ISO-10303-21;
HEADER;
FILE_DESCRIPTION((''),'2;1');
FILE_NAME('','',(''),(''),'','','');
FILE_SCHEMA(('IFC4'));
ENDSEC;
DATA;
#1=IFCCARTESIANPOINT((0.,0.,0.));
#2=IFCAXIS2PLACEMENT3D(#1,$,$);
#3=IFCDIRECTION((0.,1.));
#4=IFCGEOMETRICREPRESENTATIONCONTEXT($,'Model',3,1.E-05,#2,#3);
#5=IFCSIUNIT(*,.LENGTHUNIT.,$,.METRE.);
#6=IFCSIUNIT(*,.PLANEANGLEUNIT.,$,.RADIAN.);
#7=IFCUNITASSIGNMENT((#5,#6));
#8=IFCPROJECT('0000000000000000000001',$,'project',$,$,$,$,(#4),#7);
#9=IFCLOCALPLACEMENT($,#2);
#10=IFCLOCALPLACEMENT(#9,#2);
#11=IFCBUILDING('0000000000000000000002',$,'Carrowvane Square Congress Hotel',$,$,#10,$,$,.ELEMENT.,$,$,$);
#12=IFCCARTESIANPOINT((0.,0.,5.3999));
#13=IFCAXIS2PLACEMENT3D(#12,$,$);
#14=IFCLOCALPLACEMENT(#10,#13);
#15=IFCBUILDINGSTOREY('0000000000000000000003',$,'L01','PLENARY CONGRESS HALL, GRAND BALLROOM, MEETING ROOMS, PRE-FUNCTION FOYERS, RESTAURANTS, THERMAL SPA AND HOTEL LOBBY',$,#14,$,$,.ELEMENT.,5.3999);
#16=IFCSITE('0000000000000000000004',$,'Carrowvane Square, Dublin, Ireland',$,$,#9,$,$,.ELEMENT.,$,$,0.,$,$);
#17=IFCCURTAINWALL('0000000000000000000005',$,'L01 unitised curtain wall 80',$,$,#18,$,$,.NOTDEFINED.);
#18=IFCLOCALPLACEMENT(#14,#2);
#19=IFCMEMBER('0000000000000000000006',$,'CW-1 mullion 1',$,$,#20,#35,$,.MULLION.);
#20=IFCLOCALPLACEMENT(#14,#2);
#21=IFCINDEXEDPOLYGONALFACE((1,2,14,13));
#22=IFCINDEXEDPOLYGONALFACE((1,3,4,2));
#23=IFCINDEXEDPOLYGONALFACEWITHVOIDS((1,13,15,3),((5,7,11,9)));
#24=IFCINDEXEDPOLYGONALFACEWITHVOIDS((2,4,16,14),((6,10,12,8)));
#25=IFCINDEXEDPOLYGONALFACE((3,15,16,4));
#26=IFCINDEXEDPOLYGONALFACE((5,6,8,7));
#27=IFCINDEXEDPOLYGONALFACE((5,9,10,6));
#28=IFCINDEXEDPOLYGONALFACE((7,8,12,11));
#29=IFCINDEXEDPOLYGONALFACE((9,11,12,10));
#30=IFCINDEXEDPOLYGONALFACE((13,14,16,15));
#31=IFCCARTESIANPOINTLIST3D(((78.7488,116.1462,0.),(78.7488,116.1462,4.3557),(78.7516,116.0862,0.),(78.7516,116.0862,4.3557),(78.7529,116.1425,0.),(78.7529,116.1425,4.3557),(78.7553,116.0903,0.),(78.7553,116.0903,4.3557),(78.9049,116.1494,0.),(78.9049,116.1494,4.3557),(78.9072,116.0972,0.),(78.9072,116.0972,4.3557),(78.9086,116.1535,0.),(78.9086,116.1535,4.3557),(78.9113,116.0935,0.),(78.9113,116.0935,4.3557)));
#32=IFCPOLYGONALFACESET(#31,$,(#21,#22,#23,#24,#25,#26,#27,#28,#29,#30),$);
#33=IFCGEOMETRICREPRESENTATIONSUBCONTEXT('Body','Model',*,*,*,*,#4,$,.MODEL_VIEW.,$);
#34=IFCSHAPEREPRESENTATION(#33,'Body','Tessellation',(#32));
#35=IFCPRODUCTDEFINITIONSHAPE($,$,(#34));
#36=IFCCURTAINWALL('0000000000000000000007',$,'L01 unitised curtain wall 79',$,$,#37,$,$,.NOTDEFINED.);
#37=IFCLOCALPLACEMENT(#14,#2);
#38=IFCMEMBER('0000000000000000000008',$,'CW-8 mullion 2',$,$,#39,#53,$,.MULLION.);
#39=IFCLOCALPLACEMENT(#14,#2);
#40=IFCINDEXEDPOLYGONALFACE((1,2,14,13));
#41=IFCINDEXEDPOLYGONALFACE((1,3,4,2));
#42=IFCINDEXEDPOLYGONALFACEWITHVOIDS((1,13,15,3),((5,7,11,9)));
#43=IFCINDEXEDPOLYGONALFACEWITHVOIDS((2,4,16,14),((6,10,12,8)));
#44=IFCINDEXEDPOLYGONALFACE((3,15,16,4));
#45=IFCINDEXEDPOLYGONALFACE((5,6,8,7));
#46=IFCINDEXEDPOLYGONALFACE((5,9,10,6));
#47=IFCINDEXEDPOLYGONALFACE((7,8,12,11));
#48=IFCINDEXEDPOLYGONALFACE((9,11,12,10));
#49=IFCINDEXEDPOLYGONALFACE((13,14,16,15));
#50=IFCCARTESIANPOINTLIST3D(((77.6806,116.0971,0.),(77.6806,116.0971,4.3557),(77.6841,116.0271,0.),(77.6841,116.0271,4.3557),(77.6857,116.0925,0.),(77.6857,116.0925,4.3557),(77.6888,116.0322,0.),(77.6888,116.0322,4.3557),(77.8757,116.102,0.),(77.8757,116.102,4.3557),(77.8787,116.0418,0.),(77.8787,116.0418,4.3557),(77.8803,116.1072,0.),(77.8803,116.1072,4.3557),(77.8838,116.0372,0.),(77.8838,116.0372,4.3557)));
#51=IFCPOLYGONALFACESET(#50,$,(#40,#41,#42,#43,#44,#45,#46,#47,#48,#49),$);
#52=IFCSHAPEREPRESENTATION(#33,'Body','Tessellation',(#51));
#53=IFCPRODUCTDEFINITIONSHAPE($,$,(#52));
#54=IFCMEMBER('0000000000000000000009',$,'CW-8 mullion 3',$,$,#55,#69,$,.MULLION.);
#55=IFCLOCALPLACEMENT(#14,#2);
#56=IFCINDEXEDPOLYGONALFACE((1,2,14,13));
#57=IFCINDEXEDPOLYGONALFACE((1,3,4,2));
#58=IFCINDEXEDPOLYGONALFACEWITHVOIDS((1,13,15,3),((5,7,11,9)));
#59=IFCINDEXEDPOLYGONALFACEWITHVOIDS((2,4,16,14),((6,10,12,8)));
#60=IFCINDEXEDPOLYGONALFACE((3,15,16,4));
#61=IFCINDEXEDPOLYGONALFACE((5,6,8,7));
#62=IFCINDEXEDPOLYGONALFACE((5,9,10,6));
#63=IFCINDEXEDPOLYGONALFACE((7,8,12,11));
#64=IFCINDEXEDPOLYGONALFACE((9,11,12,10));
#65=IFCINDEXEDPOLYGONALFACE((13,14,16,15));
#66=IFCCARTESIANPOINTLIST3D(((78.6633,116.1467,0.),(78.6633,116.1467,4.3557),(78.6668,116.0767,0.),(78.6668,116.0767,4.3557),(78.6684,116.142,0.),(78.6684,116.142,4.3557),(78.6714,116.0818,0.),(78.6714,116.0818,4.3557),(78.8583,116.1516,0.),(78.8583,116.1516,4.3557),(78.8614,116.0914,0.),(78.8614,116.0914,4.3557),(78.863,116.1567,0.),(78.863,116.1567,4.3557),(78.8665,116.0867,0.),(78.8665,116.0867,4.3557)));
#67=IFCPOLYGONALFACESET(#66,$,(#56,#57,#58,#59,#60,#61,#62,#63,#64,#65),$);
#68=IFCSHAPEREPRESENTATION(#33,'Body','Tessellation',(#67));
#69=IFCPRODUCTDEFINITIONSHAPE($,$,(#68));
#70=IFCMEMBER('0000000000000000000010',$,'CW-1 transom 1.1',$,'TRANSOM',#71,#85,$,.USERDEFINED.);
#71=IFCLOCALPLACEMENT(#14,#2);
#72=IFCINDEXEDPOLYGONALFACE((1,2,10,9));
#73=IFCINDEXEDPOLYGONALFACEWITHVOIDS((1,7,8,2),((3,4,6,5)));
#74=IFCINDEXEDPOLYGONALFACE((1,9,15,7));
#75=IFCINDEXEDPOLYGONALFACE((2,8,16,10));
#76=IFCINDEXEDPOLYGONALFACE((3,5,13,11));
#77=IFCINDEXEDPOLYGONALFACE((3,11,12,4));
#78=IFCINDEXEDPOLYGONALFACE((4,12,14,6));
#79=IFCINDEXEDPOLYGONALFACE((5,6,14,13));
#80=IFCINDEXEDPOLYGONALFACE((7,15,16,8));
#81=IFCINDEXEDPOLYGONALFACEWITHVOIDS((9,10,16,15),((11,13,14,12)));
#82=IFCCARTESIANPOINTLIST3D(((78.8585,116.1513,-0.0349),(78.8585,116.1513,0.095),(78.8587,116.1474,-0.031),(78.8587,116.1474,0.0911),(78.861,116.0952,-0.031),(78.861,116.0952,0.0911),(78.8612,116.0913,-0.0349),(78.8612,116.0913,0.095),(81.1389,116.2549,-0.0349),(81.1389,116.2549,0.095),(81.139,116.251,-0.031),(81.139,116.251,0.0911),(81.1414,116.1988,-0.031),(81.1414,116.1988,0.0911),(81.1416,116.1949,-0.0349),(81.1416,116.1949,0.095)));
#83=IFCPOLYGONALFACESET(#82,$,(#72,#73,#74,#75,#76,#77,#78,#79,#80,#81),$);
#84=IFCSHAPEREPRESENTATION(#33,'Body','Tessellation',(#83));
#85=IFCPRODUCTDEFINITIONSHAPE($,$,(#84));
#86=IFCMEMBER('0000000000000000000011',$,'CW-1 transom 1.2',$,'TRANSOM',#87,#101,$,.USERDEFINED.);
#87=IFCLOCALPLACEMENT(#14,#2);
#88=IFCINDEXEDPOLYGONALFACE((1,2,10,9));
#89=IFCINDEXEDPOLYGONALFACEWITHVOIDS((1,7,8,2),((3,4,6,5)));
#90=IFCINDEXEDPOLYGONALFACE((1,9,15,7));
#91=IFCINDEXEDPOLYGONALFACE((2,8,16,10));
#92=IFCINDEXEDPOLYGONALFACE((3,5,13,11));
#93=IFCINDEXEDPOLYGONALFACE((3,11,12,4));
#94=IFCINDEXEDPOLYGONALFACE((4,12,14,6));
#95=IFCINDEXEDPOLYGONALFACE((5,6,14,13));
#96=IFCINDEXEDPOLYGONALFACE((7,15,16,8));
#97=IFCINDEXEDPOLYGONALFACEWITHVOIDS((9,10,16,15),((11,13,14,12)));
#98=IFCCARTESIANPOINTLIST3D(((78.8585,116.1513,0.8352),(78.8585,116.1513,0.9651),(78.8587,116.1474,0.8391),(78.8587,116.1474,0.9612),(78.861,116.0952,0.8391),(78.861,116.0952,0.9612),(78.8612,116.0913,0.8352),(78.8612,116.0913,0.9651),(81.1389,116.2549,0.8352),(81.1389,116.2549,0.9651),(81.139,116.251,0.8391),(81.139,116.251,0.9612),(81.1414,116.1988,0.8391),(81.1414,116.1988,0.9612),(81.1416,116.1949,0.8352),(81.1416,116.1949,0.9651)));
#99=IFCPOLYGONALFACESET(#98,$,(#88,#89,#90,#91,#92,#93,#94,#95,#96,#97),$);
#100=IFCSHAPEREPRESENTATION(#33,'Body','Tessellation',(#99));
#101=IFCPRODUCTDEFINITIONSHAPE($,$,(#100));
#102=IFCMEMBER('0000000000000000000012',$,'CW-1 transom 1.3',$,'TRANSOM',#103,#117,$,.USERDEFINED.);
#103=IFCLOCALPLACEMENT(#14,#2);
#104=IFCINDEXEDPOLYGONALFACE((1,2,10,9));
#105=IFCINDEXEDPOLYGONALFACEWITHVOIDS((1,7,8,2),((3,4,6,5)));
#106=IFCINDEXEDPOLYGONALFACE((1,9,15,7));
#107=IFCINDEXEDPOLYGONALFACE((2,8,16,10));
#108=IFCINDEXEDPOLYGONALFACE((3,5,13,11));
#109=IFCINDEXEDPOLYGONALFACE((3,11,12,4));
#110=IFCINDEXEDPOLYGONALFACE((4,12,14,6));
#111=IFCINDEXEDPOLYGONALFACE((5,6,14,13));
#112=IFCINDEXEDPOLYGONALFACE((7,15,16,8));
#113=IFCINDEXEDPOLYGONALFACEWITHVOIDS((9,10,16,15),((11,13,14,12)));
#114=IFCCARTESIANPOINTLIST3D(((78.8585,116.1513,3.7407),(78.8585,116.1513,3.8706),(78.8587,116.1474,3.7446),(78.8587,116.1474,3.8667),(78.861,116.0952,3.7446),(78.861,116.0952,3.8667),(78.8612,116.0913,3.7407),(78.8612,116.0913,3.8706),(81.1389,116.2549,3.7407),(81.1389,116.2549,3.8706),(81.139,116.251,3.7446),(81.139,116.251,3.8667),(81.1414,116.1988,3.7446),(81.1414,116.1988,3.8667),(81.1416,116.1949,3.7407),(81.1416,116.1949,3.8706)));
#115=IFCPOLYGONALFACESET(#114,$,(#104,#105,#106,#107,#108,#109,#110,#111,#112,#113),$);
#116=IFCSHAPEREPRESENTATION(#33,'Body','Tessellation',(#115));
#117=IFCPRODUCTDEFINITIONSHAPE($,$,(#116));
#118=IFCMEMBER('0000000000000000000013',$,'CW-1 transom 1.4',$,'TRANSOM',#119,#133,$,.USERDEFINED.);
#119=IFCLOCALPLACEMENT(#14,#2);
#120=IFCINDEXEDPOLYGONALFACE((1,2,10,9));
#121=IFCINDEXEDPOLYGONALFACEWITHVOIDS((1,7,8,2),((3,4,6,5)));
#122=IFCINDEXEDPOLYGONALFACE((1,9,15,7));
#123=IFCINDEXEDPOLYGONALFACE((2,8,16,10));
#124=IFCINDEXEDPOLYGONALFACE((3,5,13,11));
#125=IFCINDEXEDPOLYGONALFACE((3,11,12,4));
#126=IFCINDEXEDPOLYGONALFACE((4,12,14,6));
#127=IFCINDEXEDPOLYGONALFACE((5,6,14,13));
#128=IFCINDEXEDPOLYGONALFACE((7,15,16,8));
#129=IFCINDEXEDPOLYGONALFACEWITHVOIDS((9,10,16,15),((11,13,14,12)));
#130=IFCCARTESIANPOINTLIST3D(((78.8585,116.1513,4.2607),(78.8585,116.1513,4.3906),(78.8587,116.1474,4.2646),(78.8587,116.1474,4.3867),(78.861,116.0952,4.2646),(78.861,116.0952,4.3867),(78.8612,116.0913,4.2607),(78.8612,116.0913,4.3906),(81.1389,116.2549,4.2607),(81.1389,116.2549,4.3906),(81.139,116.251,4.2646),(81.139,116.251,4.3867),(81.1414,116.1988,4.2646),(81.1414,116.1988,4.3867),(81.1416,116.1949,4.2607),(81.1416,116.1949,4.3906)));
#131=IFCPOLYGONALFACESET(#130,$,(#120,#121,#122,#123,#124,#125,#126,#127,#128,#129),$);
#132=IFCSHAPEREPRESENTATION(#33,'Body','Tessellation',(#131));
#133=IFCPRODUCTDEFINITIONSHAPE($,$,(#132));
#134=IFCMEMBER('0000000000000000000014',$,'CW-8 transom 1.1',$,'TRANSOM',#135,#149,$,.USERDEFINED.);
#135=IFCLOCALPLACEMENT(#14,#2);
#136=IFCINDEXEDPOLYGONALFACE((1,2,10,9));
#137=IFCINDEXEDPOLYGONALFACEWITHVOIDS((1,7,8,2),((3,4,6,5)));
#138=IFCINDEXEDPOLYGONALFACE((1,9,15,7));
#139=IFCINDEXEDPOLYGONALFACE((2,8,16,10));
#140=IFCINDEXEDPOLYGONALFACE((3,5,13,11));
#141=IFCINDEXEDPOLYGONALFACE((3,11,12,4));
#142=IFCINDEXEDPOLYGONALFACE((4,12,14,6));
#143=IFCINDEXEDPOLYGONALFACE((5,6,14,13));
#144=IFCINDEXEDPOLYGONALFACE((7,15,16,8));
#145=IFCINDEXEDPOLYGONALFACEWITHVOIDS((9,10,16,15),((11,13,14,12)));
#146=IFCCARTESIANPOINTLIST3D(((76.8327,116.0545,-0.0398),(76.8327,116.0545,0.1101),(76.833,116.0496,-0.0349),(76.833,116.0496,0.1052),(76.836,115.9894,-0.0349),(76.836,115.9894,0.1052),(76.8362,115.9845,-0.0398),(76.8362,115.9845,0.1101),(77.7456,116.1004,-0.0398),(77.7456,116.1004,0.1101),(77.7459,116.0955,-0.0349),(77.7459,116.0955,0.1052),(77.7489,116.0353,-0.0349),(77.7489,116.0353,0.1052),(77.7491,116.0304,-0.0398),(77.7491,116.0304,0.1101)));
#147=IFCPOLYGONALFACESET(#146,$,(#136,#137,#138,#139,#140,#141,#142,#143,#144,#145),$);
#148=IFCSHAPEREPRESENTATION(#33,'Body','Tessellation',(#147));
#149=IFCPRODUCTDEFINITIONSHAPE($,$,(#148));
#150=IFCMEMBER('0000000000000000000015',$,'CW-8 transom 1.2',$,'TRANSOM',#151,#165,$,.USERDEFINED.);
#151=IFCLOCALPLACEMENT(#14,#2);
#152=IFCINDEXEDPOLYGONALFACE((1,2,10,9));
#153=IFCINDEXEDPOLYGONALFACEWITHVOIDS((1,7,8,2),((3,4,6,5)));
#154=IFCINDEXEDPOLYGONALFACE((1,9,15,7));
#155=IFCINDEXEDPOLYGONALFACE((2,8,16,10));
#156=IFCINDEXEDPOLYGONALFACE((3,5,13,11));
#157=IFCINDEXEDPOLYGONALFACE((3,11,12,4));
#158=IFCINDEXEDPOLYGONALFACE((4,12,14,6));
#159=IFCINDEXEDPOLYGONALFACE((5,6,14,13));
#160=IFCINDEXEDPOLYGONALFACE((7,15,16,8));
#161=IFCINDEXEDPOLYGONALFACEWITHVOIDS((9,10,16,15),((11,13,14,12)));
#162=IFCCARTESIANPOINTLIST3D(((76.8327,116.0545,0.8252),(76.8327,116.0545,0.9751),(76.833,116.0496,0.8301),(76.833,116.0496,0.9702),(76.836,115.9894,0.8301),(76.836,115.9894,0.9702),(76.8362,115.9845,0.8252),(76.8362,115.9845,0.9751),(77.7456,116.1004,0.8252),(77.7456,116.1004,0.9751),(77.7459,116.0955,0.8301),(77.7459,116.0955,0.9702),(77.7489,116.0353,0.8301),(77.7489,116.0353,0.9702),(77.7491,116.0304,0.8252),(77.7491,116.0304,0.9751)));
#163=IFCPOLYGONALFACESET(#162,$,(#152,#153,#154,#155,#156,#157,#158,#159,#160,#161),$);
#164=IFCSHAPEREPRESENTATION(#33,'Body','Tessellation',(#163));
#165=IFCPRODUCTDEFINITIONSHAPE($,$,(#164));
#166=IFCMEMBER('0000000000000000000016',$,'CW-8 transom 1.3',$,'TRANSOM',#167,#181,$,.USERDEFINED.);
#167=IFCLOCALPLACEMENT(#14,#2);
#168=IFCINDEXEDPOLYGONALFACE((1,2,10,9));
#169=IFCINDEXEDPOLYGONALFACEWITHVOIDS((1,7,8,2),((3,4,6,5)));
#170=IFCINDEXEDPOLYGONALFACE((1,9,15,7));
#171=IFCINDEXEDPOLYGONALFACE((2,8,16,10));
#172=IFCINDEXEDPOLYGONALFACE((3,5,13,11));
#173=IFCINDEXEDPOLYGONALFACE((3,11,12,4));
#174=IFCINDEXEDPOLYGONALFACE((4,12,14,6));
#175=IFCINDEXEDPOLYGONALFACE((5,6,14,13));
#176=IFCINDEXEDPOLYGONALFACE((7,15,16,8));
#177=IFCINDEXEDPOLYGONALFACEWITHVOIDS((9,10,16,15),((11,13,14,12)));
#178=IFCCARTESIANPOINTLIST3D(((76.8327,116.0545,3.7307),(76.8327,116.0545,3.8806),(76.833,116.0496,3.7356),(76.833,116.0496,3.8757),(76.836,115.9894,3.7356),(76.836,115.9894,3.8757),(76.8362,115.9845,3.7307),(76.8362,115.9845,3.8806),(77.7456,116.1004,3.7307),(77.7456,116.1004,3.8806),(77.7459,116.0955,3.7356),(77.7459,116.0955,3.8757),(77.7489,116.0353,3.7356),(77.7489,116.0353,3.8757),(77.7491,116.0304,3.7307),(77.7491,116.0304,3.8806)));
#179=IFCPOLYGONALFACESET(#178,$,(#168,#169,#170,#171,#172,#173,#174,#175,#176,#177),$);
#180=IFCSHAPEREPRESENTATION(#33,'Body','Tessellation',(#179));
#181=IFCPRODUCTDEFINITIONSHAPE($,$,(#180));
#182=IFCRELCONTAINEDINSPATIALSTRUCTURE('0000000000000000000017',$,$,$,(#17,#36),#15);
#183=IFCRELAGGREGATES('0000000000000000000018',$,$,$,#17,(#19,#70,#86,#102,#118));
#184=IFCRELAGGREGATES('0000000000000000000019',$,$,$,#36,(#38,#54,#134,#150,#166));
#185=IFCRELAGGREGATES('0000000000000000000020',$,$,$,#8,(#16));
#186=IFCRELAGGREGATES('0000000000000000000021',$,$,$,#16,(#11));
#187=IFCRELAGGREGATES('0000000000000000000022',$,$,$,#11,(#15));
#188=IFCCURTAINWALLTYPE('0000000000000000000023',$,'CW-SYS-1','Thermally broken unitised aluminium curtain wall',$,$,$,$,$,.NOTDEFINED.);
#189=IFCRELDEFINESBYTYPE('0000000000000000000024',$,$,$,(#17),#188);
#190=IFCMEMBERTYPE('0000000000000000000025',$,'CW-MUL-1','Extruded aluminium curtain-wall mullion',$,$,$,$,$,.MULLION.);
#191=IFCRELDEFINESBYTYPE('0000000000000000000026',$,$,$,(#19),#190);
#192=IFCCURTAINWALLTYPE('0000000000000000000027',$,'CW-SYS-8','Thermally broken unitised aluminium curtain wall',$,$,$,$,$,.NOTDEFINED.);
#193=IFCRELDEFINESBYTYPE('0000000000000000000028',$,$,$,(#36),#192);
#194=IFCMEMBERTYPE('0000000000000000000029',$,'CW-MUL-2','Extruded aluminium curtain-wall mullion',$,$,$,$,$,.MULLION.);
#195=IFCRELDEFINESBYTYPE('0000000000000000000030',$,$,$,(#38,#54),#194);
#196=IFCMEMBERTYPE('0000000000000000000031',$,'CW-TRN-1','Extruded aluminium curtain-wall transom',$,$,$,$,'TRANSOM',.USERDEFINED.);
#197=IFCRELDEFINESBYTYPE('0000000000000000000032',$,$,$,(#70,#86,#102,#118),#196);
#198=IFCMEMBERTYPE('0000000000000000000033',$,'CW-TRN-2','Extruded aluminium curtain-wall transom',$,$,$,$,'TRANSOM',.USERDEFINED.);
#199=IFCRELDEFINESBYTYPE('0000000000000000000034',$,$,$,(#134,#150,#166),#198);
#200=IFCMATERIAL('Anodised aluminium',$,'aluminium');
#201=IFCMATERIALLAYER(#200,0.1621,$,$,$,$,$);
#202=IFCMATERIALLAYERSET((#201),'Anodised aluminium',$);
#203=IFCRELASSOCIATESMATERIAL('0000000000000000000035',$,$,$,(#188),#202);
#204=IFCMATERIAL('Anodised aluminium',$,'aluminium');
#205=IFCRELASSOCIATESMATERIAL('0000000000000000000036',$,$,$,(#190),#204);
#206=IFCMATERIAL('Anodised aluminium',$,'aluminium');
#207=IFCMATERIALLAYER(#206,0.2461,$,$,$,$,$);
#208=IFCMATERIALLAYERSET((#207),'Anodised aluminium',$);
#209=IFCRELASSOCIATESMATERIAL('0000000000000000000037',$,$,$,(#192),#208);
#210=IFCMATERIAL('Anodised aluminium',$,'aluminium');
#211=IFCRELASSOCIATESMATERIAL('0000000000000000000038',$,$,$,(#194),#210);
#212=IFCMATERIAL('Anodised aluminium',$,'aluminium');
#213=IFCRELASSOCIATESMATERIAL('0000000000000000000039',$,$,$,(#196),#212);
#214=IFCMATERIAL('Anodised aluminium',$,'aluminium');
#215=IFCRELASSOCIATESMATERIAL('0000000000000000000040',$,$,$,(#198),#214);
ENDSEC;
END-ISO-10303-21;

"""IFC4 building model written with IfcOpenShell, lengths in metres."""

from ifc_helpers import new_model, si_unit, direction, frame, origin, origin_2d, place, context, subcontext, project, spatial, hollow_rectangle, extrude, material, layer, layer_set, material_profile, profile_set, type_object, element, aggregate, save


model = new_model("IFC4")

# Units and contexts
model_context = context("Model", 3, precision=1e-05, world=origin(), true_north=direction((0.0, 1.0)))
body_context = subcontext(model_context, "Body", "Model", "MODEL_VIEW")
ifc_project = project(units=[si_unit("LENGTHUNIT", "METRE"), si_unit("PLANEANGLEUNIT", "RADIAN")], contexts=[model_context])

# Site, building, storey
site_placement = place(None, origin())
site = spatial("IfcSite", under=ifc_project, at=site_placement, Name="Carrowvane Square, Dublin, Ireland", CompositionType="ELEMENT", RefElevation=0.0)
building_placement = place(site_placement, origin())
building = spatial("IfcBuilding", under=site, at=building_placement, Name="Carrowvane Square Congress Hotel", CompositionType="ELEMENT")
storey_placement = place(building_placement, frame((0.0, 0.0, 5.3999)))
storey = spatial("IfcBuildingStorey", under=building, at=storey_placement, Name="L01", Description="PLENARY CONGRESS HALL, GRAND BALLROOM, MEETING ROOMS, PRE-FUNCTION FOYERS, RESTAURANTS, THERMAL SPA AND HOTEL LOBBY", CompositionType="ELEMENT", Elevation=5.3999)

# Curtain wall, member
ifc_material_1 = material(Name="Anodised aluminium", Category="aluminium")
ifc_layer_1 = layer(ifc_material_1, 0.1621)
ifc_layer_set_1 = layer_set([ifc_layer_1], Name="Anodised aluminium")
curtain_wall_type_1 = type_object("IfcCurtainWallType", Name="CW-SYS-1", Description="Thermally broken unitised aluminium curtain wall", PredefinedType="NOTDEFINED", material=ifc_layer_set_1)
curtain_wall_1_placement = place(storey_placement, origin())
curtain_wall_1 = element("IfcCurtainWall", 1, at=curtain_wall_1_placement, inside=storey, type_object=curtain_wall_type_1, Name="L01 unitised curtain wall 80", PredefinedType="NOTDEFINED")
ifc_material_2 = material(Name="Anodised aluminium", Category="aluminium")
ifc_material_profile_1 = material_profile(ifc_material_2, hollow_rectangle(XDim=0.0601, YDim=0.1599, WallThickness=0.0039, at=origin_2d()), Name="CW-ML 60x160x4")
ifc_profile_set_1 = profile_set([ifc_material_profile_1], Name="Anodised aluminium")
member_type_1 = type_object("IfcMemberType", Name="CW-MUL-1", Description="Extruded aluminium curtain-wall mullion", PredefinedType="MULLION", material=ifc_profile_set_1)
member_1_placement = place(storey_placement, frame((78.8301, 116.1199, 0.0), z_axis=(0.0, 0.0, 1.0), x_axis=(-0.045411, 0.998968, 0.0)))
member_1 = element("IfcMember", 2, at=member_1_placement, type_object=member_type_1, Name="CW-1 mullion 1", PredefinedType="MULLION", context=body_context, shape_type="SweptSolid", body=[
    extrude(hollow_rectangle(XDim=0.0601, YDim=0.1599, WallThickness=0.0039, at=origin_2d()), origin(), (0.0, 0.0, 1.0), 4.3557),
])

# Curtain wall, members
ifc_material_3 = material(Name="Anodised aluminium", Category="aluminium")
ifc_layer_2 = layer(ifc_material_3, 0.2461)
ifc_layer_set_2 = layer_set([ifc_layer_2], Name="Anodised aluminium")
curtain_wall_type_2 = type_object("IfcCurtainWallType", Name="CW-SYS-8", Description="Thermally broken unitised aluminium curtain wall", PredefinedType="NOTDEFINED", material=ifc_layer_set_2)
curtain_wall_2_placement = place(storey_placement, origin())
curtain_wall_2 = element("IfcCurtainWall", 3, at=curtain_wall_2_placement, inside=storey, type_object=curtain_wall_type_2, Name="L01 unitised curtain wall 79", PredefinedType="NOTDEFINED")
ifc_material_4 = material(Name="Anodised aluminium", Category="aluminium")
ifc_material_profile_2 = material_profile(ifc_material_4, hollow_rectangle(XDim=0.0701, YDim=0.2, WallThickness=0.0049, at=origin_2d()), Name="CW-ML 70x200x5")
ifc_profile_set_2 = profile_set([ifc_material_profile_2], Name="Anodised aluminium")
member_type_2 = type_object("IfcMemberType", Name="CW-MUL-2", Description="Extruded aluminium curtain-wall mullion", PredefinedType="MULLION", material=ifc_profile_set_2)
member_2_placement = place(storey_placement, frame((77.7822, 116.0671, 0.0), z_axis=(0.0, 0.0, 1.0), x_axis=(-0.050324, 0.998733, 0.0)))
member_2 = element("IfcMember", 4, at=member_2_placement, type_object=member_type_2, Name="CW-8 mullion 2", PredefinedType="MULLION", context=body_context, shape_type="SweptSolid", body=[
    extrude(hollow_rectangle(XDim=0.0701, YDim=0.2, WallThickness=0.0049, at=origin_2d()), origin(), (0.0, 0.0, 1.0), 4.3557),
])
member_3_placement = place(storey_placement, frame((78.7649, 116.1167, 0.0), z_axis=(0.0, 0.0, 1.0), x_axis=(-0.050324, 0.998733, 0.0)))
member_3 = element("IfcMember", 5, at=member_3_placement, type_object=member_type_2, Name="CW-8 mullion 3", PredefinedType="MULLION", context=body_context, shape_type="SweptSolid", body=[
    extrude(hollow_rectangle(XDim=0.0701, YDim=0.2, WallThickness=0.0049, at=origin_2d()), origin(), (0.0, 0.0, 1.0), 4.3557),
])

# Members
ifc_material_5 = material(Name="Anodised aluminium", Category="aluminium")
ifc_material_profile_3 = material_profile(ifc_material_5, hollow_rectangle(XDim=0.0601, YDim=0.1299, WallThickness=0.0039, at=origin_2d()), Name="CW-TR 60x130x4")
ifc_profile_set_3 = profile_set([ifc_material_profile_3], Name="Anodised aluminium")
member_type_3 = type_object("IfcMemberType", Name="CW-TRN-1", Description="Extruded aluminium curtain-wall transom", ElementType="TRANSOM", PredefinedType="USERDEFINED", material=ifc_profile_set_3)
member_4_placement = place(storey_placement, frame((78.8599, 116.1213, 0.03), z_axis=(0.998971, 0.045349, 0.0), x_axis=(-0.045349, 0.998971, 0.0)))
member_4 = element("IfcMember", 6, at=member_4_placement, type_object=member_type_3, Name="CW-1 transom 1.1", ObjectType="TRANSOM", PredefinedType="USERDEFINED", context=body_context, shape_type="SweptSolid", body=[
    extrude(hollow_rectangle(XDim=0.0601, YDim=0.1299, WallThickness=0.0039, at=origin_2d()), origin(), (0.0, 0.0, 1.0), 2.2827),
])
member_5_placement = place(storey_placement, frame((78.8599, 116.1213, 0.9001), z_axis=(0.998971, 0.045349, 0.0), x_axis=(-0.045349, 0.998971, 0.0)))
member_5 = element("IfcMember", 7, at=member_5_placement, type_object=member_type_3, Name="CW-1 transom 1.2", ObjectType="TRANSOM", PredefinedType="USERDEFINED", context=body_context, shape_type="SweptSolid", body=[
    extrude(hollow_rectangle(XDim=0.0601, YDim=0.1299, WallThickness=0.0039, at=origin_2d()), origin(), (0.0, 0.0, 1.0), 2.2827),
])
member_6_placement = place(storey_placement, frame((78.8599, 116.1213, 3.8057), z_axis=(0.998971, 0.045349, 0.0), x_axis=(-0.045349, 0.998971, 0.0)))
member_6 = element("IfcMember", 8, at=member_6_placement, type_object=member_type_3, Name="CW-1 transom 1.3", ObjectType="TRANSOM", PredefinedType="USERDEFINED", context=body_context, shape_type="SweptSolid", body=[
    extrude(hollow_rectangle(XDim=0.0601, YDim=0.1299, WallThickness=0.0039, at=origin_2d()), origin(), (0.0, 0.0, 1.0), 2.2827),
])
member_7_placement = place(storey_placement, frame((78.8599, 116.1213, 4.3257), z_axis=(0.998971, 0.045349, 0.0), x_axis=(-0.045349, 0.998971, 0.0)))
member_7 = element("IfcMember", 9, at=member_7_placement, type_object=member_type_3, Name="CW-1 transom 1.4", ObjectType="TRANSOM", PredefinedType="USERDEFINED", context=body_context, shape_type="SweptSolid", body=[
    extrude(hollow_rectangle(XDim=0.0601, YDim=0.1299, WallThickness=0.0039, at=origin_2d()), origin(), (0.0, 0.0, 1.0), 2.2827),
])
aggregate(curtain_wall_1, [member_1, member_4, member_5, member_6, member_7])
ifc_material_6 = material(Name="Anodised aluminium", Category="aluminium")
ifc_material_profile_4 = material_profile(ifc_material_6, hollow_rectangle(XDim=0.0701, YDim=0.1499, WallThickness=0.0049, at=origin_2d()), Name="CW-TR 70x150x5")
ifc_profile_set_4 = profile_set([ifc_material_profile_4], Name="Anodised aluminium")
member_type_4 = type_object("IfcMemberType", Name="CW-TRN-2", Description="Extruded aluminium curtain-wall transom", ElementType="TRANSOM", PredefinedType="USERDEFINED", material=ifc_profile_set_4)
member_8_placement = place(storey_placement, frame((76.8345, 116.0195, 0.0352), z_axis=(0.998738, 0.050217, 0.0), x_axis=(-0.050217, 0.998738, 0.0)))
member_8 = element("IfcMember", 10, at=member_8_placement, type_object=member_type_4, Name="CW-8 transom 1.1", ObjectType="TRANSOM", PredefinedType="USERDEFINED", context=body_context, shape_type="SweptSolid", body=[
    extrude(hollow_rectangle(XDim=0.0701, YDim=0.1499, WallThickness=0.0049, at=origin_2d()), origin(), (0.0, 0.0, 1.0), 0.9141),
])
member_9_placement = place(storey_placement, frame((76.8345, 116.0195, 0.9001), z_axis=(0.998738, 0.050217, 0.0), x_axis=(-0.050217, 0.998738, 0.0)))
member_9 = element("IfcMember", 11, at=member_9_placement, type_object=member_type_4, Name="CW-8 transom 1.2", ObjectType="TRANSOM", PredefinedType="USERDEFINED", context=body_context, shape_type="SweptSolid", body=[
    extrude(hollow_rectangle(XDim=0.0701, YDim=0.1499, WallThickness=0.0049, at=origin_2d()), origin(), (0.0, 0.0, 1.0), 0.9141),
])
member_10_placement = place(storey_placement, frame((76.8345, 116.0195, 3.8057), z_axis=(0.998738, 0.050217, 0.0), x_axis=(-0.050217, 0.998738, 0.0)))
member_10 = element("IfcMember", 12, at=member_10_placement, type_object=member_type_4, Name="CW-8 transom 1.3", ObjectType="TRANSOM", PredefinedType="USERDEFINED", context=body_context, shape_type="SweptSolid", body=[
    extrude(hollow_rectangle(XDim=0.0701, YDim=0.1499, WallThickness=0.0049, at=origin_2d()), origin(), (0.0, 0.0, 1.0), 0.9141),
])

aggregate(curtain_wall_2, [member_2, member_3, member_8, member_9, member_10])

save(model, "model.ifc")
